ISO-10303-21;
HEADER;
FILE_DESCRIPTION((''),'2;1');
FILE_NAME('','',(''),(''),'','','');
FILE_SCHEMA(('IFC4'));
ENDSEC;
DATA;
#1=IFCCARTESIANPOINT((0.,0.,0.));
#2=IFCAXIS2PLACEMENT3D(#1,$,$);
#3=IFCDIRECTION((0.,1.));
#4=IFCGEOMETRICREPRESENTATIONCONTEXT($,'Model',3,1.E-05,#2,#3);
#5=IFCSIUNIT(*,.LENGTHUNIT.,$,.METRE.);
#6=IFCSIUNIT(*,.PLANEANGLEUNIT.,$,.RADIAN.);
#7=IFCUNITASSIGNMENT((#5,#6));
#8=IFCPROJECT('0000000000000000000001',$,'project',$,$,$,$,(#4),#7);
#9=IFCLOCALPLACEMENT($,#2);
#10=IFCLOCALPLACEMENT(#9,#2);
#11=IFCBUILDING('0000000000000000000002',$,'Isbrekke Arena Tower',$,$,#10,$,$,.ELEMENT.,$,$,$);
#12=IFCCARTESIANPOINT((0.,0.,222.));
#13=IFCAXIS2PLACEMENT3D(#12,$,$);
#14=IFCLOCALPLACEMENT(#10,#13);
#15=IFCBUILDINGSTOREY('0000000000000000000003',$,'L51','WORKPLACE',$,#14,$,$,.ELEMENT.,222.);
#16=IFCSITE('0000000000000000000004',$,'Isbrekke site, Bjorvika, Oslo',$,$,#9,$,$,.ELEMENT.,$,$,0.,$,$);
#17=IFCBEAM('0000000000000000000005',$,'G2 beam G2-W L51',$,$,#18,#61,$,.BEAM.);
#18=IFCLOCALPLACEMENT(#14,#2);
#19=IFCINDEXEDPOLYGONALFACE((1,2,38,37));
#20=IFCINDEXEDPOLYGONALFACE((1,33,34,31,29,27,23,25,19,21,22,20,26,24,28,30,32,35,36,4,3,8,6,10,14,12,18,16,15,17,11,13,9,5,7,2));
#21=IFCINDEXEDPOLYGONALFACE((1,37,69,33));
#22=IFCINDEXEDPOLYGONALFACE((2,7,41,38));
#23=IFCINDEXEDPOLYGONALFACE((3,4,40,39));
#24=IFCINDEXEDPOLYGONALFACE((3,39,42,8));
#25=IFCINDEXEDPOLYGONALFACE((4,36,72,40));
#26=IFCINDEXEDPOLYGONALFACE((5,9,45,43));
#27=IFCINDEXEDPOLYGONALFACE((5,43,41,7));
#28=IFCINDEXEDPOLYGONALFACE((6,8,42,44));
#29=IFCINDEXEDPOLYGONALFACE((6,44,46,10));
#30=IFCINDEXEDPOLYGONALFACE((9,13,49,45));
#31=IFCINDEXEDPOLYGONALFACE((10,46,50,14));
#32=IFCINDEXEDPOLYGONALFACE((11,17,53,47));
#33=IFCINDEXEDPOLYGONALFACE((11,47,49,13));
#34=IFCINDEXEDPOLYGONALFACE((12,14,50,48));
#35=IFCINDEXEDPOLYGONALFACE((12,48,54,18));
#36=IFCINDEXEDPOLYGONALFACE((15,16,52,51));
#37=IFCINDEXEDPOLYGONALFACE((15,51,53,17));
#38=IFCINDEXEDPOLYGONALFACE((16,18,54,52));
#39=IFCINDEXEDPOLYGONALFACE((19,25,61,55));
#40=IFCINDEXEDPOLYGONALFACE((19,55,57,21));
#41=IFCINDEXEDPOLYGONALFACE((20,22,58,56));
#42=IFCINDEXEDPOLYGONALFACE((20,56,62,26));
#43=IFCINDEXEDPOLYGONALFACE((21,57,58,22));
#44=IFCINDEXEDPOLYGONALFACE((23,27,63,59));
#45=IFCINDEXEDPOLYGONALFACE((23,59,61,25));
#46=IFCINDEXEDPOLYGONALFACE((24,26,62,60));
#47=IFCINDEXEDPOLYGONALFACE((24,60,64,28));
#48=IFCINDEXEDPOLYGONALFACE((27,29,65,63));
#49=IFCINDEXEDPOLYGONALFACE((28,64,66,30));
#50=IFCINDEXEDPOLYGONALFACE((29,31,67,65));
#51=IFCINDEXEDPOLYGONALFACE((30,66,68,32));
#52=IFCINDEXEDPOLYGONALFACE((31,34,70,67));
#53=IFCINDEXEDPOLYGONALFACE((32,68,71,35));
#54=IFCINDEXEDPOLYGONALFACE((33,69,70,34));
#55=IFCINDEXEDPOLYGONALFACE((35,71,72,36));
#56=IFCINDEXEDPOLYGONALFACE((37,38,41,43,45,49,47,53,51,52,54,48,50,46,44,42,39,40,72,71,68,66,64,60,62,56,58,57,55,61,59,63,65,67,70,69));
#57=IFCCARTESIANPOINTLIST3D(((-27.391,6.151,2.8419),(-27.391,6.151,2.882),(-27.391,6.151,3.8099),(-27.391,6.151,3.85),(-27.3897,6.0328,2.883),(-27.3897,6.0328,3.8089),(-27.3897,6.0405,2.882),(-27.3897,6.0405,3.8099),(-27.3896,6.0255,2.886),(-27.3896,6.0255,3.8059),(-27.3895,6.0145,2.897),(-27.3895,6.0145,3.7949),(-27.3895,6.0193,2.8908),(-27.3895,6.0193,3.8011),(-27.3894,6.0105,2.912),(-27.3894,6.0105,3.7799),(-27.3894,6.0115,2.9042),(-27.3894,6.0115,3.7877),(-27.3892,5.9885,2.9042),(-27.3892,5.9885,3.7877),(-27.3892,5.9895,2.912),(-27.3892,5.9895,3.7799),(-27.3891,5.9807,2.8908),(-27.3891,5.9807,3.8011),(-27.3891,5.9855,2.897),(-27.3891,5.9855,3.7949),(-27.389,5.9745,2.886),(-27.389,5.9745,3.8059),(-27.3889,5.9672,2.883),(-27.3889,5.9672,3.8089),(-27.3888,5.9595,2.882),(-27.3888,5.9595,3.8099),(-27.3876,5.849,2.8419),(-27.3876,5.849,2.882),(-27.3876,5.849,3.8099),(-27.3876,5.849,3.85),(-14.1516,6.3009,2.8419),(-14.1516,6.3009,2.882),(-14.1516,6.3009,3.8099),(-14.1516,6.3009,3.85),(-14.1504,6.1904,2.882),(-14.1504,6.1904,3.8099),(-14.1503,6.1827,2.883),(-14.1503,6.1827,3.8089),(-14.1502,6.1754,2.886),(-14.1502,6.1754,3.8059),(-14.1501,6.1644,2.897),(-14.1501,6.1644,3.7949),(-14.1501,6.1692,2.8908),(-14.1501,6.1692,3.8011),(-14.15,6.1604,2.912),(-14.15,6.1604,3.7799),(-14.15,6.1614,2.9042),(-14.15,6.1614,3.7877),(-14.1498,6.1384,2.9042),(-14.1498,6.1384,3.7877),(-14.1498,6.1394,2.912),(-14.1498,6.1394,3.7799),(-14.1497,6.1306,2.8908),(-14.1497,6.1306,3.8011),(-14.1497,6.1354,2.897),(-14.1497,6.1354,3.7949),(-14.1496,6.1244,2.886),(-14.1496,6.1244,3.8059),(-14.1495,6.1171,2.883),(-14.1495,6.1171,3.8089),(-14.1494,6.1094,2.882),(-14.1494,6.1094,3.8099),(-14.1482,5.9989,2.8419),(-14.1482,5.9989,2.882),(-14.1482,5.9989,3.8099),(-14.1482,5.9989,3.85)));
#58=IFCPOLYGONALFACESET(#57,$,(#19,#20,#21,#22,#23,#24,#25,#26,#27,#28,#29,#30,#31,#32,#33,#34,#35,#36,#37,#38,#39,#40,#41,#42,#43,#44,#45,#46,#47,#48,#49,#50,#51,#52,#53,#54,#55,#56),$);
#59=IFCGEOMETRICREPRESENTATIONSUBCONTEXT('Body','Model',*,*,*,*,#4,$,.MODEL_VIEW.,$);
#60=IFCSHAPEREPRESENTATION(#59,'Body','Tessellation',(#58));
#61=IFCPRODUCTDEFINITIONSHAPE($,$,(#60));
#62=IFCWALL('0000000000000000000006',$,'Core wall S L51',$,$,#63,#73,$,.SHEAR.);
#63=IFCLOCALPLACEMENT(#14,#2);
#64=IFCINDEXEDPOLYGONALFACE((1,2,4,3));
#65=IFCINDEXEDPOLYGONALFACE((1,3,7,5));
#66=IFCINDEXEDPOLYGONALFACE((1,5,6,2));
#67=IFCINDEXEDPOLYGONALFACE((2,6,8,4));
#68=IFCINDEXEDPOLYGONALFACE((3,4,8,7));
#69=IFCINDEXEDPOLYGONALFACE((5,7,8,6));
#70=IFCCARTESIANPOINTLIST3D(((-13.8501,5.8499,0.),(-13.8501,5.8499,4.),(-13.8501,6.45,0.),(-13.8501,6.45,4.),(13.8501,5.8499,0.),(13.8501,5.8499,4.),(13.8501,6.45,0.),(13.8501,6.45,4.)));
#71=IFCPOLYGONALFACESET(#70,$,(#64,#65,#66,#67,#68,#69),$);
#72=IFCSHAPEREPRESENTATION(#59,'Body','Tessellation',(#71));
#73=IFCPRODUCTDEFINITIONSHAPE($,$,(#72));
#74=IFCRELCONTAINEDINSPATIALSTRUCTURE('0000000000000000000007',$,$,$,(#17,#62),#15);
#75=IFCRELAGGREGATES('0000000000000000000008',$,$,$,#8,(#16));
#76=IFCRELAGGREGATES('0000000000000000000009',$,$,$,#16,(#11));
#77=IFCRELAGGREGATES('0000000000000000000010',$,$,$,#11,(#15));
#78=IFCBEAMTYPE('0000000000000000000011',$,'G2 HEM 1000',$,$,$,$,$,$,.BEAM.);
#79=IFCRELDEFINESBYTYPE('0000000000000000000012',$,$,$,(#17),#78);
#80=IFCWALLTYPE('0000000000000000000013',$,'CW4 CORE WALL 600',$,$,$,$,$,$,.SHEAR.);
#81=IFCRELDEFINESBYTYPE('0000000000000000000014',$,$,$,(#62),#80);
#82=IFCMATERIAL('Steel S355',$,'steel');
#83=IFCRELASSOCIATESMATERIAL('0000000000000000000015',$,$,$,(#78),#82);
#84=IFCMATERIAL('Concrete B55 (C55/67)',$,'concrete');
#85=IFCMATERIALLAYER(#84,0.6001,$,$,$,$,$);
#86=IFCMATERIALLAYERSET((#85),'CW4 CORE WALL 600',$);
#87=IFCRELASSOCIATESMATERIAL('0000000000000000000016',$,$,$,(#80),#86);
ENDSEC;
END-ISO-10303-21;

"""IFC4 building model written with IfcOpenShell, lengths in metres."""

from ifc_helpers import new_model, si_unit, direction, frame, frame_2d, origin, origin_2d, place, context, subcontext, project, spatial, rectangle, i_section, extrude, material, layer, layer_set, material_profile, profile_set, type_object, element, save


model = new_model("IFC4")

# Units and contexts
model_context = context("Model", 3, precision=1e-05, world=origin(), true_north=direction((0.0, 1.0)))
body_context = subcontext(model_context, "Body", "Model", "MODEL_VIEW")
ifc_project = project(units=[si_unit("LENGTHUNIT", "METRE"), si_unit("PLANEANGLEUNIT", "RADIAN")], contexts=[model_context])

# Site, building, storey
site_placement = place(None, origin())
site = spatial("IfcSite", under=ifc_project, at=site_placement, Name="Isbrekke site, Bjorvika, Oslo", CompositionType="ELEMENT", RefElevation=0.0)
building_placement = place(site_placement, origin())
building = spatial("IfcBuilding", under=site, at=building_placement, Name="Isbrekke Arena Tower", CompositionType="ELEMENT")
storey_placement = place(building_placement, frame((0.0, 0.0, 222.0)))
storey = spatial("IfcBuildingStorey", under=building, at=storey_placement, Name="L51", Description="WORKPLACE", CompositionType="ELEMENT", Elevation=222.0)

# Beam
ifc_material_1 = material(Name="Steel S355", Category="steel")
ifc_material_profile = material_profile(ifc_material_1, i_section(OverallWidth=0.302, OverallDepth=1.0081, WebThickness=0.021, FlangeThickness=0.04, FilletRadius=0.03, at=origin_2d()), Name="HEM 1000")
ifc_profile_set = profile_set([ifc_material_profile], Name="Steel S355")
beam_type = type_object("IfcBeamType", Name="G2 HEM 1000", PredefinedType="BEAM", material=ifc_profile_set)
beam_placement = place(storey_placement, frame((-14.1499, 6.1499, 3.3459), z_axis=(-0.999936, -0.011322, 0.0), x_axis=(0.011322, -0.999936, 0.0)))
element("IfcBeam", 1, at=beam_placement, inside=storey, type_object=beam_type, Name="G2 beam G2-W L51", PredefinedType="BEAM", context=body_context, shape_type="SweptSolid", body=[
    extrude(i_section(OverallWidth=0.302, OverallDepth=1.0081, WebThickness=0.021, FlangeThickness=0.04, FilletRadius=0.03, at=origin_2d()), origin(), (0.0, 0.0, 1.0), 13.2402),
])

# Wall
ifc_material_2 = material(Name="Concrete B55 (C55/67)", Category="concrete")
ifc_layer_1 = layer(ifc_material_2, 0.6001)
ifc_layer_set_1 = layer_set([ifc_layer_1], Name="CW4 CORE WALL 600")
wall_type_1 = type_object("IfcWallType", Name="CW4 CORE WALL 600", PredefinedType="SHEAR", material=ifc_layer_set_1)
wall_1_placement = place(storey_placement, frame((-13.8501, 6.1499, 0.0), z_axis=(0.0, 0.0, 1.0), x_axis=(1.0, 0.0, 0.0)))
element("IfcWall", 2, at=wall_1_placement, inside=storey, type_object=wall_type_1, Name="Core wall S L51", PredefinedType="SHEAR", context=body_context, shape_type="SweptSolid", body=[
    extrude(rectangle(XDim=27.7002, YDim=0.6001, at=frame_2d((13.8501, 0.0))), origin(), (0.0, 0.0, 1.0), 4.0),
])

save(model, "model.ifc")
